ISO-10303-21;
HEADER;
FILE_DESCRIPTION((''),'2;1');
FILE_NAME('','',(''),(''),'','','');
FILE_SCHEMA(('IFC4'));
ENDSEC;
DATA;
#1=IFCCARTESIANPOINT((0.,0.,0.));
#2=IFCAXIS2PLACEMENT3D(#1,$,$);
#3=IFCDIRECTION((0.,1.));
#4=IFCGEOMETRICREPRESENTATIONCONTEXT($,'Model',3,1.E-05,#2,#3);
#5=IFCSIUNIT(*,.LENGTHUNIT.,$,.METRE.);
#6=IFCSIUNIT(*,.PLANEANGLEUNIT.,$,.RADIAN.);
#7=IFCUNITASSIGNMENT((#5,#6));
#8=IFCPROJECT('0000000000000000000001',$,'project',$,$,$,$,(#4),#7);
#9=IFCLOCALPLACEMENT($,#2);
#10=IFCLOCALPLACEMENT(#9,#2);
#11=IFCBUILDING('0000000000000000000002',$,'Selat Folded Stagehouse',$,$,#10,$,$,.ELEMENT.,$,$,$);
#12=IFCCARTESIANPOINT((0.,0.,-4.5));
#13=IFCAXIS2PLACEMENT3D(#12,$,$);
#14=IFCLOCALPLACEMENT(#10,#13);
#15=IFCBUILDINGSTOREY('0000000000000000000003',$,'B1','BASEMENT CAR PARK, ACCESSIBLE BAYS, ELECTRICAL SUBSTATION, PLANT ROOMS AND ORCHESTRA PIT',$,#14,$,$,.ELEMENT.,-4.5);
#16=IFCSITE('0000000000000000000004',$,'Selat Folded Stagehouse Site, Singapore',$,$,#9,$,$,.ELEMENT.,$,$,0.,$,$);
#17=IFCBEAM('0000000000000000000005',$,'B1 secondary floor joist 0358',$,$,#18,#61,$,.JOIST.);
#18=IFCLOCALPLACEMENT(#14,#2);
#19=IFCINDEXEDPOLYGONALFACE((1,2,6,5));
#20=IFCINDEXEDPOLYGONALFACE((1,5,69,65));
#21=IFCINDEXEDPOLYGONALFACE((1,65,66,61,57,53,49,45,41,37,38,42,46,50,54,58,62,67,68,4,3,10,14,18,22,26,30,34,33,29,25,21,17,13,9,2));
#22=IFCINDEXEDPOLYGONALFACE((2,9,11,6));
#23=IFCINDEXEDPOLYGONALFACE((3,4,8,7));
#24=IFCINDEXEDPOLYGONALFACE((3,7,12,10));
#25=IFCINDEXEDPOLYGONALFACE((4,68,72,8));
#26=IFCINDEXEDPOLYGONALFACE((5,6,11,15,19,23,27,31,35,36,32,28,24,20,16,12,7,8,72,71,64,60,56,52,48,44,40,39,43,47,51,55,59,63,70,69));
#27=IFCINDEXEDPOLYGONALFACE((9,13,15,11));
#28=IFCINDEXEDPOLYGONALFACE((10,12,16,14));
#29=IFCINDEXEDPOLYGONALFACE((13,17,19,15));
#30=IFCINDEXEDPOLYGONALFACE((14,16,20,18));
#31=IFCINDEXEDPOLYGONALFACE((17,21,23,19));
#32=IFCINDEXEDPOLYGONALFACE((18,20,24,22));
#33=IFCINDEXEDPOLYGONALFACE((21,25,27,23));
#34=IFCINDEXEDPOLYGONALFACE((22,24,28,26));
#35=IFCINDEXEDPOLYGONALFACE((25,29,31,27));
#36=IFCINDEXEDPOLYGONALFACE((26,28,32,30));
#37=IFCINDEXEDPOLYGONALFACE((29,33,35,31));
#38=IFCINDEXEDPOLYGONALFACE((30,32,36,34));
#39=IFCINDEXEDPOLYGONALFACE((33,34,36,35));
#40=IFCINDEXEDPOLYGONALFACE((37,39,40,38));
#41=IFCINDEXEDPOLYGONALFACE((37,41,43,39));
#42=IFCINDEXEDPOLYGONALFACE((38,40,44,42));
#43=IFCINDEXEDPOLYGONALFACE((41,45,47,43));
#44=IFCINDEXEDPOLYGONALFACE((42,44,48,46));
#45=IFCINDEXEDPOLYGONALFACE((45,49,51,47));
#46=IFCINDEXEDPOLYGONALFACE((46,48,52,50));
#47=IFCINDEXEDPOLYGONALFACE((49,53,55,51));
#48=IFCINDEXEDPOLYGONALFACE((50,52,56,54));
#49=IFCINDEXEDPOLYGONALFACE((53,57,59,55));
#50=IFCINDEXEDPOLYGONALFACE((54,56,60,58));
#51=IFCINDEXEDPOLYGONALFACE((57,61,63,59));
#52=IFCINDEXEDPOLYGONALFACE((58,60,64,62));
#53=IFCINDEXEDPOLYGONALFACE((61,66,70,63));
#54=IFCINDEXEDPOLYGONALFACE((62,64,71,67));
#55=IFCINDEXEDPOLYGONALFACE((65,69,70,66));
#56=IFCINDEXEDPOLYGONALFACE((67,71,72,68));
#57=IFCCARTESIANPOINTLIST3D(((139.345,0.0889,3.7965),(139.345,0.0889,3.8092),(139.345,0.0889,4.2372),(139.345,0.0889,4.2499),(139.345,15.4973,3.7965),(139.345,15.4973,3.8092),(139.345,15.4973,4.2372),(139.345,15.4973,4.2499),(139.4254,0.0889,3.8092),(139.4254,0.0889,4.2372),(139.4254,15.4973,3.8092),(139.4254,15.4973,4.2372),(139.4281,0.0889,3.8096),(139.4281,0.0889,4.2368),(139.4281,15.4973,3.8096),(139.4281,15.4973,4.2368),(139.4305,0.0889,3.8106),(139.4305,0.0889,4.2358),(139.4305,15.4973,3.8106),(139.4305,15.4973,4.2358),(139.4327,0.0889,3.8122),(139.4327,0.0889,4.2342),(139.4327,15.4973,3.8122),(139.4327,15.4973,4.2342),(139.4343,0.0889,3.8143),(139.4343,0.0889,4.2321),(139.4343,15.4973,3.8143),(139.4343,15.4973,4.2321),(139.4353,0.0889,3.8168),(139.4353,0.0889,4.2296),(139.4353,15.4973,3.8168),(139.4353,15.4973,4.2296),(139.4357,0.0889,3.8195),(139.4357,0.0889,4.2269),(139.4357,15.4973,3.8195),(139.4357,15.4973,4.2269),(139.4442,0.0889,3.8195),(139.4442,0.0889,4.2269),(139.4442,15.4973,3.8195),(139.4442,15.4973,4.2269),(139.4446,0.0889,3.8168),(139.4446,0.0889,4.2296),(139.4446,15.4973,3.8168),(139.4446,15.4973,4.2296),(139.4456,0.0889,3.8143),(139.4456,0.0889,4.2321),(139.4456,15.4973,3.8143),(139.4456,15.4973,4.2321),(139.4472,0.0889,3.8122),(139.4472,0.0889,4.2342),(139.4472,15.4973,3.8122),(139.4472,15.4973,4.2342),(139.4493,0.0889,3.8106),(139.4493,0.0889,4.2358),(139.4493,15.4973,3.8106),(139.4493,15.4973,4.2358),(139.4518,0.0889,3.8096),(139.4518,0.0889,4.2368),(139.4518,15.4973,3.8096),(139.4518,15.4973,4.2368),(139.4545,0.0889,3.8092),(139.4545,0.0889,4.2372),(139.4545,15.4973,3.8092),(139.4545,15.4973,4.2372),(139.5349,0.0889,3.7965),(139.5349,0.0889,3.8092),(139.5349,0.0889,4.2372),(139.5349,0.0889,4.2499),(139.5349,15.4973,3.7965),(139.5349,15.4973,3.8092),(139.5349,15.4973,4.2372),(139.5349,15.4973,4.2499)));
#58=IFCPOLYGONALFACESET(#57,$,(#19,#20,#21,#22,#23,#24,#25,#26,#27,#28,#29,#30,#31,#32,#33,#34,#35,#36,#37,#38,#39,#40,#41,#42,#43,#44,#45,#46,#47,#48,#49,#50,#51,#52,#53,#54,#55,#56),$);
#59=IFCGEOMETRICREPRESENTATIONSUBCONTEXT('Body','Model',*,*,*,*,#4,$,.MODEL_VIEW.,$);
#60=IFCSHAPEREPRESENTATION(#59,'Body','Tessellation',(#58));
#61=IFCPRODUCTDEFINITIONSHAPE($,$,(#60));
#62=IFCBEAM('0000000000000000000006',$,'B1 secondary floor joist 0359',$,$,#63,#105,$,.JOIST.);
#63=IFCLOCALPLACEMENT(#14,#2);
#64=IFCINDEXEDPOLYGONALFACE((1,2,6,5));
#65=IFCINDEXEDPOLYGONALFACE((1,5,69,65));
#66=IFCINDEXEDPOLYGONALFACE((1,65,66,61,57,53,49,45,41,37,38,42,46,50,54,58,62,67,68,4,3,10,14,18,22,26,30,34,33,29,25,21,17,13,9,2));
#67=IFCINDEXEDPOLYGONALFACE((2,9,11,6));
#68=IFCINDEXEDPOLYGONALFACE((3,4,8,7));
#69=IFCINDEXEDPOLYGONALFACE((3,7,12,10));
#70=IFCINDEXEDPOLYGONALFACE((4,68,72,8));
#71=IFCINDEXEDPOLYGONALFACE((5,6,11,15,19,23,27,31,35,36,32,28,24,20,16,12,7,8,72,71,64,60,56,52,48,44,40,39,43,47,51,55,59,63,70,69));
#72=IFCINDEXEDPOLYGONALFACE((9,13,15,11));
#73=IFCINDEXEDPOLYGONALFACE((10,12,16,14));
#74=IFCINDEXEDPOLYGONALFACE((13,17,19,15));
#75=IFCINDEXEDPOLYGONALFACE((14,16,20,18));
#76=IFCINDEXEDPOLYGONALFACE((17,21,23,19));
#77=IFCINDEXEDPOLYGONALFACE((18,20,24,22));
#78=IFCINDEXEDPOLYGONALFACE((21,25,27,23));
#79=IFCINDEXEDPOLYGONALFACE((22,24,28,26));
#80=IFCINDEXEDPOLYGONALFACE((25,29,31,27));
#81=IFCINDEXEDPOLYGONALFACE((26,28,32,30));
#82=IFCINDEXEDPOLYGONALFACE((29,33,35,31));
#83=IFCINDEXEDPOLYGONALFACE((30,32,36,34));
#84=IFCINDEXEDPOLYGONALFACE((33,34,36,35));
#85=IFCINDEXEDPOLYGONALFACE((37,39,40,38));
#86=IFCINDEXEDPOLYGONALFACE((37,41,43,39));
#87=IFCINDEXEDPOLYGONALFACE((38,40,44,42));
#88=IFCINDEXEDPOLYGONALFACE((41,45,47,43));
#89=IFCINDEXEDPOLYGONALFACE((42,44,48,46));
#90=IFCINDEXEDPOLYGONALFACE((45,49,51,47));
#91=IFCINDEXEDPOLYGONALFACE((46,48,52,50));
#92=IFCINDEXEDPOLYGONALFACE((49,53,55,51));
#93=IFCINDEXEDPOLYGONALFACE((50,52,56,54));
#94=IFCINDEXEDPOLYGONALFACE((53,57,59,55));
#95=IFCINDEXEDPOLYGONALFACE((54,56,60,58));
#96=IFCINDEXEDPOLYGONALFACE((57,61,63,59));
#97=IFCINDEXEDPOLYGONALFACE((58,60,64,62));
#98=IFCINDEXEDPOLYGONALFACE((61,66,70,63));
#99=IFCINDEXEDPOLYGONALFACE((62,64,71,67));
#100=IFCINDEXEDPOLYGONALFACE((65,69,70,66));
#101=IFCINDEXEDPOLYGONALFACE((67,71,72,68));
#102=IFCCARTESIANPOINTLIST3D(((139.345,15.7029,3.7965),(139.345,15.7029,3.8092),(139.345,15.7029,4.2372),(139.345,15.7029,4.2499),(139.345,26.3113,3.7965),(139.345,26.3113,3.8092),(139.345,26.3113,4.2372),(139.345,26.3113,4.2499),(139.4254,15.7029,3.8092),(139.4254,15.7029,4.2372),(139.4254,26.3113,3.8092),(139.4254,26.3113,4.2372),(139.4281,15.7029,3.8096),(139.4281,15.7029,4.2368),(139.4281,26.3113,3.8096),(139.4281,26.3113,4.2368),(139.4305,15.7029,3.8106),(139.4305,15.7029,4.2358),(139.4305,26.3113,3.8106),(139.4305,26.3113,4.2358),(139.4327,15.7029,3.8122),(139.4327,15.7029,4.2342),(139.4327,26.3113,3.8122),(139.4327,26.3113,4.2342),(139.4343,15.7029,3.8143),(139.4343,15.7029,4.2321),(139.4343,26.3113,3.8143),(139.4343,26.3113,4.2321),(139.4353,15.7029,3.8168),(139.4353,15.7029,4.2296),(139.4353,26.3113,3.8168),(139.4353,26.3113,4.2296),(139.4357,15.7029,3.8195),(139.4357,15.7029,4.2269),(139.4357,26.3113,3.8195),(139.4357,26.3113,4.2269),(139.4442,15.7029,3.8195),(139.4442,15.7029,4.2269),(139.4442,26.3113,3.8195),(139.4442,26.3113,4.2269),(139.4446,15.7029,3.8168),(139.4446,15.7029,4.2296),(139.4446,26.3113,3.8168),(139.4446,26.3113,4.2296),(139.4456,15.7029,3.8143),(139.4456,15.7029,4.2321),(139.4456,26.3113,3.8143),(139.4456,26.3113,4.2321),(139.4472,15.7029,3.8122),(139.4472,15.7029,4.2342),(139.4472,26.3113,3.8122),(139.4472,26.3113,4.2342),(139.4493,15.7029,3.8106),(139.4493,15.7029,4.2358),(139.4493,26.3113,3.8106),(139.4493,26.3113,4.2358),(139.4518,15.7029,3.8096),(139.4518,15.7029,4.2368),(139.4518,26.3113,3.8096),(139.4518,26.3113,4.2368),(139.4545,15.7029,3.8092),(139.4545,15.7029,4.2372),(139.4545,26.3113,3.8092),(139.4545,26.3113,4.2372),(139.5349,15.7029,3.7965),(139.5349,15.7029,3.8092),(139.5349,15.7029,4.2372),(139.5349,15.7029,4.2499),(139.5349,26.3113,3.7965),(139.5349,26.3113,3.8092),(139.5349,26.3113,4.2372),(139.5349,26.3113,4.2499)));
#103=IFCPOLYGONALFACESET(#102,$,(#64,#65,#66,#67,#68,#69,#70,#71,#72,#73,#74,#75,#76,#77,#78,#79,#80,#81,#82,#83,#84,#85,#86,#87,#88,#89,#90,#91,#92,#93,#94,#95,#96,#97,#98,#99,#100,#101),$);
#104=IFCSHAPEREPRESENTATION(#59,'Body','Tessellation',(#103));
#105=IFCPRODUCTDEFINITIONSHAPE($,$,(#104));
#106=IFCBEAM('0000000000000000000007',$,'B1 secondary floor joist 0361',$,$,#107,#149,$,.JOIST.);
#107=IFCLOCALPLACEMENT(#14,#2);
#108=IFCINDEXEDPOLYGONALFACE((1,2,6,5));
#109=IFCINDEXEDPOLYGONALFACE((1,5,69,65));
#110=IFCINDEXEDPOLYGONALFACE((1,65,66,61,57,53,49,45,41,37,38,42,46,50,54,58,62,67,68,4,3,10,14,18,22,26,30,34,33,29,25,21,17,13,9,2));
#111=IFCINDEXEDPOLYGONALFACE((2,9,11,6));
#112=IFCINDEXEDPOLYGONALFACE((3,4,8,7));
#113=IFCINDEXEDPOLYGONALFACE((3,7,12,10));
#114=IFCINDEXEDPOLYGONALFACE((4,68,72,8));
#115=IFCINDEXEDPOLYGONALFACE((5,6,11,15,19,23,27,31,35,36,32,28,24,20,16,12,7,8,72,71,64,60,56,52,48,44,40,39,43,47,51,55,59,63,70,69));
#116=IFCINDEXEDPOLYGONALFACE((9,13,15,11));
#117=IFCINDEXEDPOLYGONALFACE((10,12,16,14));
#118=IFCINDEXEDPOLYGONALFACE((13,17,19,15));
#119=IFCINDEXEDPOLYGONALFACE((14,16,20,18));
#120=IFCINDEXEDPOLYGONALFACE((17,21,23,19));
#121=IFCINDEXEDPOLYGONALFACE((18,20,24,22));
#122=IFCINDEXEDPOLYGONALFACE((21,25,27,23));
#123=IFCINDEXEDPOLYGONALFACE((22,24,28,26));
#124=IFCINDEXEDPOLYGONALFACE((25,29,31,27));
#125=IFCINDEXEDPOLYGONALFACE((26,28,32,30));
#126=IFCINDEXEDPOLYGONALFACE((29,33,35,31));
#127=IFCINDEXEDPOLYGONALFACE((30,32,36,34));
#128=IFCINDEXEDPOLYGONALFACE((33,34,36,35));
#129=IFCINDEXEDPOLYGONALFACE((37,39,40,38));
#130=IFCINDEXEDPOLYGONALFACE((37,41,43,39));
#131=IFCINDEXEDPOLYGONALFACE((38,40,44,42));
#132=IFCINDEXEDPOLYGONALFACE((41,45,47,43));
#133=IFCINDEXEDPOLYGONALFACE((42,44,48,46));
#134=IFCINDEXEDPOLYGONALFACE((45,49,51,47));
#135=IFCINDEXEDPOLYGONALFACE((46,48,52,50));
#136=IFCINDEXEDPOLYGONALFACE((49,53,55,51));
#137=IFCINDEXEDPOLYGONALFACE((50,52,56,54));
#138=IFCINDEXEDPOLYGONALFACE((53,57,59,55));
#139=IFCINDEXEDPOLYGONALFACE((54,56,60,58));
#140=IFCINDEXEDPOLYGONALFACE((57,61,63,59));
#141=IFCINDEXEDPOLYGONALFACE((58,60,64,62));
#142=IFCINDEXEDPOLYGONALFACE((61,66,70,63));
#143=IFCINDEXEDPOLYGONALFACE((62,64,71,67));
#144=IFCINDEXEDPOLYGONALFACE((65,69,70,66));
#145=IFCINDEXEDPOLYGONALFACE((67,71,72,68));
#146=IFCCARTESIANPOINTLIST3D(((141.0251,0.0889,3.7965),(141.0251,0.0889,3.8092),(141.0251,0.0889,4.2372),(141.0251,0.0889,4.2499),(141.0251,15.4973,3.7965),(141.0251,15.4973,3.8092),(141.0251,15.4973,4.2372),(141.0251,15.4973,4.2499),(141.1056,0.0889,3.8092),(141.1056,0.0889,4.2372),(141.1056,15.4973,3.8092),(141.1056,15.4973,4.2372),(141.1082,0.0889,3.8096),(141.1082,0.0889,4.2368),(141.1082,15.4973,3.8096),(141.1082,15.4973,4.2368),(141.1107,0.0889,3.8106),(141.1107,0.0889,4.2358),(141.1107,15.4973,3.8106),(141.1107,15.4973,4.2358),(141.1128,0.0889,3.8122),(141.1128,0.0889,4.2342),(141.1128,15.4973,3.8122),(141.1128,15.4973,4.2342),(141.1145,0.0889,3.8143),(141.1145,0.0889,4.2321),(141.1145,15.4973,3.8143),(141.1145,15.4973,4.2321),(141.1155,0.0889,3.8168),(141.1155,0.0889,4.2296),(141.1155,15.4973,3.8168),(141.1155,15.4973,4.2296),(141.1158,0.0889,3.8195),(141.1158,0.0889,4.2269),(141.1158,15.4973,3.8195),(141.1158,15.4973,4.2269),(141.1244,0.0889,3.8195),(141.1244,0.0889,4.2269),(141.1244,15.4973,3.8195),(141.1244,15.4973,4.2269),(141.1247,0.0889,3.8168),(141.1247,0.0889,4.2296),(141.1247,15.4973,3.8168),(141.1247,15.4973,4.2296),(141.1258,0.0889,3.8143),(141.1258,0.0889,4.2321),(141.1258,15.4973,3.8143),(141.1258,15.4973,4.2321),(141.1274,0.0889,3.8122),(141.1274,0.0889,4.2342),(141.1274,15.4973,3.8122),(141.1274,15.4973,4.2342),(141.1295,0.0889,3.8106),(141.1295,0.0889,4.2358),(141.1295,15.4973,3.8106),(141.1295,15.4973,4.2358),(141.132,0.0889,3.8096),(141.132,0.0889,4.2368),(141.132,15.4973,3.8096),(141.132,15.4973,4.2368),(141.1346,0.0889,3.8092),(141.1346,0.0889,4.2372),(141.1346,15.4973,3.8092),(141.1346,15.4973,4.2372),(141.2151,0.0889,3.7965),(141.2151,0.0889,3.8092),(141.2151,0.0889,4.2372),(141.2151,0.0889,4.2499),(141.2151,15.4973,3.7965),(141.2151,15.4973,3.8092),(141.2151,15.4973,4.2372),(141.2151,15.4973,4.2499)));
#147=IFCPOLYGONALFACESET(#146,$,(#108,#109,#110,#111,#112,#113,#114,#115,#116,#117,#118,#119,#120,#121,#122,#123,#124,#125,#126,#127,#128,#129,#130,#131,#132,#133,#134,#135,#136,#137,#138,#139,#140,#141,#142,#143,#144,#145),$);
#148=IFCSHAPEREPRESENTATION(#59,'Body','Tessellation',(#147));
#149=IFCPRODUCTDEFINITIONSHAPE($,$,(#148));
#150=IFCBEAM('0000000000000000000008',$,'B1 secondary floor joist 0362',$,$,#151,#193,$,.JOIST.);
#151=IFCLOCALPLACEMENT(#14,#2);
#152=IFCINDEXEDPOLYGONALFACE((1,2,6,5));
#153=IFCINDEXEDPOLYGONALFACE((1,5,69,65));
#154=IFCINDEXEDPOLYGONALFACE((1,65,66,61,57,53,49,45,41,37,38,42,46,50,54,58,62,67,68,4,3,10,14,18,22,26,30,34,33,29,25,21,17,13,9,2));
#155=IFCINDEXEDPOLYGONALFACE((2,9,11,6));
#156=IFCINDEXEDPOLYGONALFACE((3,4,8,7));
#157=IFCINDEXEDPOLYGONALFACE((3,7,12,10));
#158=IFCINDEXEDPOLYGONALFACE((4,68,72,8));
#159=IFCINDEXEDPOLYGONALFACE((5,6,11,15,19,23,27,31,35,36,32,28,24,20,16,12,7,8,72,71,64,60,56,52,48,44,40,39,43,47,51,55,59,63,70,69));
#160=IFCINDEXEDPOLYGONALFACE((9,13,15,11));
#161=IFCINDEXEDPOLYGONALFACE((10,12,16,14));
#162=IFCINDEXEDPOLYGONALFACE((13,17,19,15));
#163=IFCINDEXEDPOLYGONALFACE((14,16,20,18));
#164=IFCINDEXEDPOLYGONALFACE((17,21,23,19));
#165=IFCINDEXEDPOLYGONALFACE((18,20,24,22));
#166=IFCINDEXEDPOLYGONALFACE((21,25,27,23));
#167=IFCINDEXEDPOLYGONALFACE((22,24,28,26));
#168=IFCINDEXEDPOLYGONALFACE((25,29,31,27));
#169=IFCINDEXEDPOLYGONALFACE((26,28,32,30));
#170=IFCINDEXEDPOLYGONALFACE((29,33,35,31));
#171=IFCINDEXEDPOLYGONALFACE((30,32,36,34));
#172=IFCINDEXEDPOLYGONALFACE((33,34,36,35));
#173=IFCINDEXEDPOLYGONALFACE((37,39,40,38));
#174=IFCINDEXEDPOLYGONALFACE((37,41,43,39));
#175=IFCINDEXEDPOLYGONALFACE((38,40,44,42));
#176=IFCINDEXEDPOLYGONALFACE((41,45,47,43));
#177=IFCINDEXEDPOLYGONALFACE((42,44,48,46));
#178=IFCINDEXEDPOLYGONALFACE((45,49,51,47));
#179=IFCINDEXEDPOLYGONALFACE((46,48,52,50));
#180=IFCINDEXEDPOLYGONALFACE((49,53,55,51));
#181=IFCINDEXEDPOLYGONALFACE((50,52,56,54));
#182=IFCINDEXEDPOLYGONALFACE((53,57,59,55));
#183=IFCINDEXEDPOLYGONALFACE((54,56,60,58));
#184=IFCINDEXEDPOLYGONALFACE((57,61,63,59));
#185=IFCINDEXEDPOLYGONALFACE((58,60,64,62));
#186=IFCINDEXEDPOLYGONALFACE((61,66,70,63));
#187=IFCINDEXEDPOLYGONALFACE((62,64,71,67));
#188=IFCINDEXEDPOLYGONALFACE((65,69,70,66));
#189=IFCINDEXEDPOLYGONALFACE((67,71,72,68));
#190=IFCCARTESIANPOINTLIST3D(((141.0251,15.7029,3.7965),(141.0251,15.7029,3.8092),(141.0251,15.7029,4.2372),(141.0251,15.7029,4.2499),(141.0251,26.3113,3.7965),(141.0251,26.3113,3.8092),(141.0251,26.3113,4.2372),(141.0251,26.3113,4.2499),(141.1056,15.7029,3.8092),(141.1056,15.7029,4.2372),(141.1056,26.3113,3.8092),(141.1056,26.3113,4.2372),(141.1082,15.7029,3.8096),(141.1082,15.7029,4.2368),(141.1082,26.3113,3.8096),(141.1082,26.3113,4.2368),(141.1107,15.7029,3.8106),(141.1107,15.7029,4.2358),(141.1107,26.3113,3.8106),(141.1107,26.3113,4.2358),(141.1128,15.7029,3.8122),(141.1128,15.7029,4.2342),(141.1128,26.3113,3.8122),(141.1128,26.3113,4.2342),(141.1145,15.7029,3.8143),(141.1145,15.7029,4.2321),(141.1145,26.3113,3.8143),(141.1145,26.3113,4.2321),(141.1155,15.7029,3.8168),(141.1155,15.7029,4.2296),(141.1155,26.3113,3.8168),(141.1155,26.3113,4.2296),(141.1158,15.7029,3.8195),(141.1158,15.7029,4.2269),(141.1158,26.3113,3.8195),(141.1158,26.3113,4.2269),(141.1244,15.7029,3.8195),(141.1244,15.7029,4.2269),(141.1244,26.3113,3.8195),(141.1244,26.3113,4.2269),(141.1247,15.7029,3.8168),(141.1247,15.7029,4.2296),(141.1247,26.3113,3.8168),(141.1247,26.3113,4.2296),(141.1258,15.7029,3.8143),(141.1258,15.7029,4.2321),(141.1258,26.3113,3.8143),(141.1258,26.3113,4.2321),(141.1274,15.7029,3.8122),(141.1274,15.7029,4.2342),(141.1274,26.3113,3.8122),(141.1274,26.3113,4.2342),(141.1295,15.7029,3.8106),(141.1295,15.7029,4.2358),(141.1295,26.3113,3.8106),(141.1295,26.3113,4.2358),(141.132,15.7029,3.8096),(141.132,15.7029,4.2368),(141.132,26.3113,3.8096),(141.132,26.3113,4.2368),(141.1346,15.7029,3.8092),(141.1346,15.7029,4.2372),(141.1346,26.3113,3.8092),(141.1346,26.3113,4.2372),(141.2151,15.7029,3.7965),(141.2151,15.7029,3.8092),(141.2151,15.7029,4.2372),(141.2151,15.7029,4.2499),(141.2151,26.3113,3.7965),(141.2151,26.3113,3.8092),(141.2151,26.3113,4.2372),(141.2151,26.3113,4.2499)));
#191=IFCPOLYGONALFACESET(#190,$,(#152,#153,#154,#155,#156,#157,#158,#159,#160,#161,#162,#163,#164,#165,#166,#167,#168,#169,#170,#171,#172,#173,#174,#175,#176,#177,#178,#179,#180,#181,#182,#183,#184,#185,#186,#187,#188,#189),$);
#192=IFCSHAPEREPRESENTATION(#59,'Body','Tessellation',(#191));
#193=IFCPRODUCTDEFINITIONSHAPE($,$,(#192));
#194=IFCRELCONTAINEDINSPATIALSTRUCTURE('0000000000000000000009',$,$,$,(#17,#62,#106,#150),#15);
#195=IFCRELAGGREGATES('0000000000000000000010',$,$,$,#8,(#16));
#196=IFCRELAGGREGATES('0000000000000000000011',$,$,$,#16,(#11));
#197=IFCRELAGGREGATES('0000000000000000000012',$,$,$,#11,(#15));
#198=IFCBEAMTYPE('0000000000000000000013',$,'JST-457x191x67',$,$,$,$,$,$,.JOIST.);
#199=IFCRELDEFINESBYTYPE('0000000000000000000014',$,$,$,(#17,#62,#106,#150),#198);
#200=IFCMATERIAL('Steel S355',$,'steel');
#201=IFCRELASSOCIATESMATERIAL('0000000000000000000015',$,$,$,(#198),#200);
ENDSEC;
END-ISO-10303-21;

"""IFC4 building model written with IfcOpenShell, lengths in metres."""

from ifc_helpers import new_model, si_unit, direction, frame, origin, origin_2d, place, context, subcontext, project, spatial, i_section, extrude, material, material_profile, profile_set, type_object, element, save


model = new_model("IFC4")

# Units and contexts
model_context = context("Model", 3, precision=1e-05, world=origin(), true_north=direction((0.0, 1.0)))
body_context = subcontext(model_context, "Body", "Model", "MODEL_VIEW")
ifc_project = project(units=[si_unit("LENGTHUNIT", "METRE"), si_unit("PLANEANGLEUNIT", "RADIAN")], contexts=[model_context])

# Site, building, storey
site_placement = place(None, origin())
site = spatial("IfcSite", under=ifc_project, at=site_placement, Name="Selat Folded Stagehouse Site, Singapore", CompositionType="ELEMENT", RefElevation=0.0)
building_placement = place(site_placement, origin())
building = spatial("IfcBuilding", under=site, at=building_placement, Name="Selat Folded Stagehouse", CompositionType="ELEMENT")
storey_placement = place(building_placement, frame((0.0, 0.0, -4.5)))
storey = spatial("IfcBuildingStorey", under=building, at=storey_placement, Name="B1", Description="BASEMENT CAR PARK, ACCESSIBLE BAYS, ELECTRICAL SUBSTATION, PLANT ROOMS AND ORCHESTRA PIT", CompositionType="ELEMENT", Elevation=-4.5)

# Shared definitions
ifc_material_1 = material(Name="Steel S355", Category="steel")

# Beams
ifc_material_profile_1 = material_profile(ifc_material_1, i_section(OverallWidth=0.1899, OverallDepth=0.4534, WebThickness=0.0085, FlangeThickness=0.0127, FilletRadius=0.0103, at=origin_2d()), Name="UKB 457x191x67")
ifc_profile_set_1 = profile_set([ifc_material_profile_1], Name="Steel S355")
beam_type_1 = type_object("IfcBeamType", Name="JST-457x191x67", PredefinedType="JOIST", material=ifc_profile_set_1)
beam_1_placement = place(storey_placement, frame((139.4399, 0.0889, 4.0232), z_axis=(0.0, 1.0, 0.0), x_axis=(-1.0, 0.0, 0.0)))
element("IfcBeam", 1, at=beam_1_placement, inside=storey, type_object=beam_type_1, Name="B1 secondary floor joist 0358", PredefinedType="JOIST", context=body_context, shape_type="SweptSolid", body=[
    extrude(i_section(OverallWidth=0.1899, OverallDepth=0.4534, WebThickness=0.0085, FlangeThickness=0.0127, FilletRadius=0.0103, at=origin_2d()), origin(), (0.0, 0.0, 1.0), 15.4084),
])
beam_2_placement = place(storey_placement, frame((139.4399, 15.7029, 4.0232), z_axis=(0.0, 1.0, 0.0), x_axis=(-1.0, 0.0, 0.0)))
element("IfcBeam", 2, at=beam_2_placement, inside=storey, type_object=beam_type_1, Name="B1 secondary floor joist 0359", PredefinedType="JOIST", context=body_context, shape_type="SweptSolid", body=[
    extrude(i_section(OverallWidth=0.1899, OverallDepth=0.4534, WebThickness=0.0085, FlangeThickness=0.0127, FilletRadius=0.0103, at=origin_2d()), origin(), (0.0, 0.0, 1.0), 10.6084),
])
beam_3_placement = place(storey_placement, frame((141.1201, 0.0889, 4.0232), z_axis=(0.0, 1.0, 0.0), x_axis=(-1.0, 0.0, 0.0)))
element("IfcBeam", 3, at=beam_3_placement, inside=storey, type_object=beam_type_1, Name="B1 secondary floor joist 0361", PredefinedType="JOIST", context=body_context, shape_type="SweptSolid", body=[
    extrude(i_section(OverallWidth=0.1899, OverallDepth=0.4534, WebThickness=0.0085, FlangeThickness=0.0127, FilletRadius=0.0103, at=origin_2d()), origin(), (0.0, 0.0, 1.0), 15.4084),
])
beam_4_placement = place(storey_placement, frame((141.1201, 15.7029, 4.0232), z_axis=(0.0, 1.0, 0.0), x_axis=(-1.0, 0.0, 0.0)))
element("IfcBeam", 4, at=beam_4_placement, inside=storey, type_object=beam_type_1, Name="B1 secondary floor joist 0362", PredefinedType="JOIST", context=body_context, shape_type="SweptSolid", body=[
    extrude(i_section(OverallWidth=0.1899, OverallDepth=0.4534, WebThickness=0.0085, FlangeThickness=0.0127, FilletRadius=0.0103, at=origin_2d()), origin(), (0.0, 0.0, 1.0), 10.6084),
])

save(model, "model.ifc")
